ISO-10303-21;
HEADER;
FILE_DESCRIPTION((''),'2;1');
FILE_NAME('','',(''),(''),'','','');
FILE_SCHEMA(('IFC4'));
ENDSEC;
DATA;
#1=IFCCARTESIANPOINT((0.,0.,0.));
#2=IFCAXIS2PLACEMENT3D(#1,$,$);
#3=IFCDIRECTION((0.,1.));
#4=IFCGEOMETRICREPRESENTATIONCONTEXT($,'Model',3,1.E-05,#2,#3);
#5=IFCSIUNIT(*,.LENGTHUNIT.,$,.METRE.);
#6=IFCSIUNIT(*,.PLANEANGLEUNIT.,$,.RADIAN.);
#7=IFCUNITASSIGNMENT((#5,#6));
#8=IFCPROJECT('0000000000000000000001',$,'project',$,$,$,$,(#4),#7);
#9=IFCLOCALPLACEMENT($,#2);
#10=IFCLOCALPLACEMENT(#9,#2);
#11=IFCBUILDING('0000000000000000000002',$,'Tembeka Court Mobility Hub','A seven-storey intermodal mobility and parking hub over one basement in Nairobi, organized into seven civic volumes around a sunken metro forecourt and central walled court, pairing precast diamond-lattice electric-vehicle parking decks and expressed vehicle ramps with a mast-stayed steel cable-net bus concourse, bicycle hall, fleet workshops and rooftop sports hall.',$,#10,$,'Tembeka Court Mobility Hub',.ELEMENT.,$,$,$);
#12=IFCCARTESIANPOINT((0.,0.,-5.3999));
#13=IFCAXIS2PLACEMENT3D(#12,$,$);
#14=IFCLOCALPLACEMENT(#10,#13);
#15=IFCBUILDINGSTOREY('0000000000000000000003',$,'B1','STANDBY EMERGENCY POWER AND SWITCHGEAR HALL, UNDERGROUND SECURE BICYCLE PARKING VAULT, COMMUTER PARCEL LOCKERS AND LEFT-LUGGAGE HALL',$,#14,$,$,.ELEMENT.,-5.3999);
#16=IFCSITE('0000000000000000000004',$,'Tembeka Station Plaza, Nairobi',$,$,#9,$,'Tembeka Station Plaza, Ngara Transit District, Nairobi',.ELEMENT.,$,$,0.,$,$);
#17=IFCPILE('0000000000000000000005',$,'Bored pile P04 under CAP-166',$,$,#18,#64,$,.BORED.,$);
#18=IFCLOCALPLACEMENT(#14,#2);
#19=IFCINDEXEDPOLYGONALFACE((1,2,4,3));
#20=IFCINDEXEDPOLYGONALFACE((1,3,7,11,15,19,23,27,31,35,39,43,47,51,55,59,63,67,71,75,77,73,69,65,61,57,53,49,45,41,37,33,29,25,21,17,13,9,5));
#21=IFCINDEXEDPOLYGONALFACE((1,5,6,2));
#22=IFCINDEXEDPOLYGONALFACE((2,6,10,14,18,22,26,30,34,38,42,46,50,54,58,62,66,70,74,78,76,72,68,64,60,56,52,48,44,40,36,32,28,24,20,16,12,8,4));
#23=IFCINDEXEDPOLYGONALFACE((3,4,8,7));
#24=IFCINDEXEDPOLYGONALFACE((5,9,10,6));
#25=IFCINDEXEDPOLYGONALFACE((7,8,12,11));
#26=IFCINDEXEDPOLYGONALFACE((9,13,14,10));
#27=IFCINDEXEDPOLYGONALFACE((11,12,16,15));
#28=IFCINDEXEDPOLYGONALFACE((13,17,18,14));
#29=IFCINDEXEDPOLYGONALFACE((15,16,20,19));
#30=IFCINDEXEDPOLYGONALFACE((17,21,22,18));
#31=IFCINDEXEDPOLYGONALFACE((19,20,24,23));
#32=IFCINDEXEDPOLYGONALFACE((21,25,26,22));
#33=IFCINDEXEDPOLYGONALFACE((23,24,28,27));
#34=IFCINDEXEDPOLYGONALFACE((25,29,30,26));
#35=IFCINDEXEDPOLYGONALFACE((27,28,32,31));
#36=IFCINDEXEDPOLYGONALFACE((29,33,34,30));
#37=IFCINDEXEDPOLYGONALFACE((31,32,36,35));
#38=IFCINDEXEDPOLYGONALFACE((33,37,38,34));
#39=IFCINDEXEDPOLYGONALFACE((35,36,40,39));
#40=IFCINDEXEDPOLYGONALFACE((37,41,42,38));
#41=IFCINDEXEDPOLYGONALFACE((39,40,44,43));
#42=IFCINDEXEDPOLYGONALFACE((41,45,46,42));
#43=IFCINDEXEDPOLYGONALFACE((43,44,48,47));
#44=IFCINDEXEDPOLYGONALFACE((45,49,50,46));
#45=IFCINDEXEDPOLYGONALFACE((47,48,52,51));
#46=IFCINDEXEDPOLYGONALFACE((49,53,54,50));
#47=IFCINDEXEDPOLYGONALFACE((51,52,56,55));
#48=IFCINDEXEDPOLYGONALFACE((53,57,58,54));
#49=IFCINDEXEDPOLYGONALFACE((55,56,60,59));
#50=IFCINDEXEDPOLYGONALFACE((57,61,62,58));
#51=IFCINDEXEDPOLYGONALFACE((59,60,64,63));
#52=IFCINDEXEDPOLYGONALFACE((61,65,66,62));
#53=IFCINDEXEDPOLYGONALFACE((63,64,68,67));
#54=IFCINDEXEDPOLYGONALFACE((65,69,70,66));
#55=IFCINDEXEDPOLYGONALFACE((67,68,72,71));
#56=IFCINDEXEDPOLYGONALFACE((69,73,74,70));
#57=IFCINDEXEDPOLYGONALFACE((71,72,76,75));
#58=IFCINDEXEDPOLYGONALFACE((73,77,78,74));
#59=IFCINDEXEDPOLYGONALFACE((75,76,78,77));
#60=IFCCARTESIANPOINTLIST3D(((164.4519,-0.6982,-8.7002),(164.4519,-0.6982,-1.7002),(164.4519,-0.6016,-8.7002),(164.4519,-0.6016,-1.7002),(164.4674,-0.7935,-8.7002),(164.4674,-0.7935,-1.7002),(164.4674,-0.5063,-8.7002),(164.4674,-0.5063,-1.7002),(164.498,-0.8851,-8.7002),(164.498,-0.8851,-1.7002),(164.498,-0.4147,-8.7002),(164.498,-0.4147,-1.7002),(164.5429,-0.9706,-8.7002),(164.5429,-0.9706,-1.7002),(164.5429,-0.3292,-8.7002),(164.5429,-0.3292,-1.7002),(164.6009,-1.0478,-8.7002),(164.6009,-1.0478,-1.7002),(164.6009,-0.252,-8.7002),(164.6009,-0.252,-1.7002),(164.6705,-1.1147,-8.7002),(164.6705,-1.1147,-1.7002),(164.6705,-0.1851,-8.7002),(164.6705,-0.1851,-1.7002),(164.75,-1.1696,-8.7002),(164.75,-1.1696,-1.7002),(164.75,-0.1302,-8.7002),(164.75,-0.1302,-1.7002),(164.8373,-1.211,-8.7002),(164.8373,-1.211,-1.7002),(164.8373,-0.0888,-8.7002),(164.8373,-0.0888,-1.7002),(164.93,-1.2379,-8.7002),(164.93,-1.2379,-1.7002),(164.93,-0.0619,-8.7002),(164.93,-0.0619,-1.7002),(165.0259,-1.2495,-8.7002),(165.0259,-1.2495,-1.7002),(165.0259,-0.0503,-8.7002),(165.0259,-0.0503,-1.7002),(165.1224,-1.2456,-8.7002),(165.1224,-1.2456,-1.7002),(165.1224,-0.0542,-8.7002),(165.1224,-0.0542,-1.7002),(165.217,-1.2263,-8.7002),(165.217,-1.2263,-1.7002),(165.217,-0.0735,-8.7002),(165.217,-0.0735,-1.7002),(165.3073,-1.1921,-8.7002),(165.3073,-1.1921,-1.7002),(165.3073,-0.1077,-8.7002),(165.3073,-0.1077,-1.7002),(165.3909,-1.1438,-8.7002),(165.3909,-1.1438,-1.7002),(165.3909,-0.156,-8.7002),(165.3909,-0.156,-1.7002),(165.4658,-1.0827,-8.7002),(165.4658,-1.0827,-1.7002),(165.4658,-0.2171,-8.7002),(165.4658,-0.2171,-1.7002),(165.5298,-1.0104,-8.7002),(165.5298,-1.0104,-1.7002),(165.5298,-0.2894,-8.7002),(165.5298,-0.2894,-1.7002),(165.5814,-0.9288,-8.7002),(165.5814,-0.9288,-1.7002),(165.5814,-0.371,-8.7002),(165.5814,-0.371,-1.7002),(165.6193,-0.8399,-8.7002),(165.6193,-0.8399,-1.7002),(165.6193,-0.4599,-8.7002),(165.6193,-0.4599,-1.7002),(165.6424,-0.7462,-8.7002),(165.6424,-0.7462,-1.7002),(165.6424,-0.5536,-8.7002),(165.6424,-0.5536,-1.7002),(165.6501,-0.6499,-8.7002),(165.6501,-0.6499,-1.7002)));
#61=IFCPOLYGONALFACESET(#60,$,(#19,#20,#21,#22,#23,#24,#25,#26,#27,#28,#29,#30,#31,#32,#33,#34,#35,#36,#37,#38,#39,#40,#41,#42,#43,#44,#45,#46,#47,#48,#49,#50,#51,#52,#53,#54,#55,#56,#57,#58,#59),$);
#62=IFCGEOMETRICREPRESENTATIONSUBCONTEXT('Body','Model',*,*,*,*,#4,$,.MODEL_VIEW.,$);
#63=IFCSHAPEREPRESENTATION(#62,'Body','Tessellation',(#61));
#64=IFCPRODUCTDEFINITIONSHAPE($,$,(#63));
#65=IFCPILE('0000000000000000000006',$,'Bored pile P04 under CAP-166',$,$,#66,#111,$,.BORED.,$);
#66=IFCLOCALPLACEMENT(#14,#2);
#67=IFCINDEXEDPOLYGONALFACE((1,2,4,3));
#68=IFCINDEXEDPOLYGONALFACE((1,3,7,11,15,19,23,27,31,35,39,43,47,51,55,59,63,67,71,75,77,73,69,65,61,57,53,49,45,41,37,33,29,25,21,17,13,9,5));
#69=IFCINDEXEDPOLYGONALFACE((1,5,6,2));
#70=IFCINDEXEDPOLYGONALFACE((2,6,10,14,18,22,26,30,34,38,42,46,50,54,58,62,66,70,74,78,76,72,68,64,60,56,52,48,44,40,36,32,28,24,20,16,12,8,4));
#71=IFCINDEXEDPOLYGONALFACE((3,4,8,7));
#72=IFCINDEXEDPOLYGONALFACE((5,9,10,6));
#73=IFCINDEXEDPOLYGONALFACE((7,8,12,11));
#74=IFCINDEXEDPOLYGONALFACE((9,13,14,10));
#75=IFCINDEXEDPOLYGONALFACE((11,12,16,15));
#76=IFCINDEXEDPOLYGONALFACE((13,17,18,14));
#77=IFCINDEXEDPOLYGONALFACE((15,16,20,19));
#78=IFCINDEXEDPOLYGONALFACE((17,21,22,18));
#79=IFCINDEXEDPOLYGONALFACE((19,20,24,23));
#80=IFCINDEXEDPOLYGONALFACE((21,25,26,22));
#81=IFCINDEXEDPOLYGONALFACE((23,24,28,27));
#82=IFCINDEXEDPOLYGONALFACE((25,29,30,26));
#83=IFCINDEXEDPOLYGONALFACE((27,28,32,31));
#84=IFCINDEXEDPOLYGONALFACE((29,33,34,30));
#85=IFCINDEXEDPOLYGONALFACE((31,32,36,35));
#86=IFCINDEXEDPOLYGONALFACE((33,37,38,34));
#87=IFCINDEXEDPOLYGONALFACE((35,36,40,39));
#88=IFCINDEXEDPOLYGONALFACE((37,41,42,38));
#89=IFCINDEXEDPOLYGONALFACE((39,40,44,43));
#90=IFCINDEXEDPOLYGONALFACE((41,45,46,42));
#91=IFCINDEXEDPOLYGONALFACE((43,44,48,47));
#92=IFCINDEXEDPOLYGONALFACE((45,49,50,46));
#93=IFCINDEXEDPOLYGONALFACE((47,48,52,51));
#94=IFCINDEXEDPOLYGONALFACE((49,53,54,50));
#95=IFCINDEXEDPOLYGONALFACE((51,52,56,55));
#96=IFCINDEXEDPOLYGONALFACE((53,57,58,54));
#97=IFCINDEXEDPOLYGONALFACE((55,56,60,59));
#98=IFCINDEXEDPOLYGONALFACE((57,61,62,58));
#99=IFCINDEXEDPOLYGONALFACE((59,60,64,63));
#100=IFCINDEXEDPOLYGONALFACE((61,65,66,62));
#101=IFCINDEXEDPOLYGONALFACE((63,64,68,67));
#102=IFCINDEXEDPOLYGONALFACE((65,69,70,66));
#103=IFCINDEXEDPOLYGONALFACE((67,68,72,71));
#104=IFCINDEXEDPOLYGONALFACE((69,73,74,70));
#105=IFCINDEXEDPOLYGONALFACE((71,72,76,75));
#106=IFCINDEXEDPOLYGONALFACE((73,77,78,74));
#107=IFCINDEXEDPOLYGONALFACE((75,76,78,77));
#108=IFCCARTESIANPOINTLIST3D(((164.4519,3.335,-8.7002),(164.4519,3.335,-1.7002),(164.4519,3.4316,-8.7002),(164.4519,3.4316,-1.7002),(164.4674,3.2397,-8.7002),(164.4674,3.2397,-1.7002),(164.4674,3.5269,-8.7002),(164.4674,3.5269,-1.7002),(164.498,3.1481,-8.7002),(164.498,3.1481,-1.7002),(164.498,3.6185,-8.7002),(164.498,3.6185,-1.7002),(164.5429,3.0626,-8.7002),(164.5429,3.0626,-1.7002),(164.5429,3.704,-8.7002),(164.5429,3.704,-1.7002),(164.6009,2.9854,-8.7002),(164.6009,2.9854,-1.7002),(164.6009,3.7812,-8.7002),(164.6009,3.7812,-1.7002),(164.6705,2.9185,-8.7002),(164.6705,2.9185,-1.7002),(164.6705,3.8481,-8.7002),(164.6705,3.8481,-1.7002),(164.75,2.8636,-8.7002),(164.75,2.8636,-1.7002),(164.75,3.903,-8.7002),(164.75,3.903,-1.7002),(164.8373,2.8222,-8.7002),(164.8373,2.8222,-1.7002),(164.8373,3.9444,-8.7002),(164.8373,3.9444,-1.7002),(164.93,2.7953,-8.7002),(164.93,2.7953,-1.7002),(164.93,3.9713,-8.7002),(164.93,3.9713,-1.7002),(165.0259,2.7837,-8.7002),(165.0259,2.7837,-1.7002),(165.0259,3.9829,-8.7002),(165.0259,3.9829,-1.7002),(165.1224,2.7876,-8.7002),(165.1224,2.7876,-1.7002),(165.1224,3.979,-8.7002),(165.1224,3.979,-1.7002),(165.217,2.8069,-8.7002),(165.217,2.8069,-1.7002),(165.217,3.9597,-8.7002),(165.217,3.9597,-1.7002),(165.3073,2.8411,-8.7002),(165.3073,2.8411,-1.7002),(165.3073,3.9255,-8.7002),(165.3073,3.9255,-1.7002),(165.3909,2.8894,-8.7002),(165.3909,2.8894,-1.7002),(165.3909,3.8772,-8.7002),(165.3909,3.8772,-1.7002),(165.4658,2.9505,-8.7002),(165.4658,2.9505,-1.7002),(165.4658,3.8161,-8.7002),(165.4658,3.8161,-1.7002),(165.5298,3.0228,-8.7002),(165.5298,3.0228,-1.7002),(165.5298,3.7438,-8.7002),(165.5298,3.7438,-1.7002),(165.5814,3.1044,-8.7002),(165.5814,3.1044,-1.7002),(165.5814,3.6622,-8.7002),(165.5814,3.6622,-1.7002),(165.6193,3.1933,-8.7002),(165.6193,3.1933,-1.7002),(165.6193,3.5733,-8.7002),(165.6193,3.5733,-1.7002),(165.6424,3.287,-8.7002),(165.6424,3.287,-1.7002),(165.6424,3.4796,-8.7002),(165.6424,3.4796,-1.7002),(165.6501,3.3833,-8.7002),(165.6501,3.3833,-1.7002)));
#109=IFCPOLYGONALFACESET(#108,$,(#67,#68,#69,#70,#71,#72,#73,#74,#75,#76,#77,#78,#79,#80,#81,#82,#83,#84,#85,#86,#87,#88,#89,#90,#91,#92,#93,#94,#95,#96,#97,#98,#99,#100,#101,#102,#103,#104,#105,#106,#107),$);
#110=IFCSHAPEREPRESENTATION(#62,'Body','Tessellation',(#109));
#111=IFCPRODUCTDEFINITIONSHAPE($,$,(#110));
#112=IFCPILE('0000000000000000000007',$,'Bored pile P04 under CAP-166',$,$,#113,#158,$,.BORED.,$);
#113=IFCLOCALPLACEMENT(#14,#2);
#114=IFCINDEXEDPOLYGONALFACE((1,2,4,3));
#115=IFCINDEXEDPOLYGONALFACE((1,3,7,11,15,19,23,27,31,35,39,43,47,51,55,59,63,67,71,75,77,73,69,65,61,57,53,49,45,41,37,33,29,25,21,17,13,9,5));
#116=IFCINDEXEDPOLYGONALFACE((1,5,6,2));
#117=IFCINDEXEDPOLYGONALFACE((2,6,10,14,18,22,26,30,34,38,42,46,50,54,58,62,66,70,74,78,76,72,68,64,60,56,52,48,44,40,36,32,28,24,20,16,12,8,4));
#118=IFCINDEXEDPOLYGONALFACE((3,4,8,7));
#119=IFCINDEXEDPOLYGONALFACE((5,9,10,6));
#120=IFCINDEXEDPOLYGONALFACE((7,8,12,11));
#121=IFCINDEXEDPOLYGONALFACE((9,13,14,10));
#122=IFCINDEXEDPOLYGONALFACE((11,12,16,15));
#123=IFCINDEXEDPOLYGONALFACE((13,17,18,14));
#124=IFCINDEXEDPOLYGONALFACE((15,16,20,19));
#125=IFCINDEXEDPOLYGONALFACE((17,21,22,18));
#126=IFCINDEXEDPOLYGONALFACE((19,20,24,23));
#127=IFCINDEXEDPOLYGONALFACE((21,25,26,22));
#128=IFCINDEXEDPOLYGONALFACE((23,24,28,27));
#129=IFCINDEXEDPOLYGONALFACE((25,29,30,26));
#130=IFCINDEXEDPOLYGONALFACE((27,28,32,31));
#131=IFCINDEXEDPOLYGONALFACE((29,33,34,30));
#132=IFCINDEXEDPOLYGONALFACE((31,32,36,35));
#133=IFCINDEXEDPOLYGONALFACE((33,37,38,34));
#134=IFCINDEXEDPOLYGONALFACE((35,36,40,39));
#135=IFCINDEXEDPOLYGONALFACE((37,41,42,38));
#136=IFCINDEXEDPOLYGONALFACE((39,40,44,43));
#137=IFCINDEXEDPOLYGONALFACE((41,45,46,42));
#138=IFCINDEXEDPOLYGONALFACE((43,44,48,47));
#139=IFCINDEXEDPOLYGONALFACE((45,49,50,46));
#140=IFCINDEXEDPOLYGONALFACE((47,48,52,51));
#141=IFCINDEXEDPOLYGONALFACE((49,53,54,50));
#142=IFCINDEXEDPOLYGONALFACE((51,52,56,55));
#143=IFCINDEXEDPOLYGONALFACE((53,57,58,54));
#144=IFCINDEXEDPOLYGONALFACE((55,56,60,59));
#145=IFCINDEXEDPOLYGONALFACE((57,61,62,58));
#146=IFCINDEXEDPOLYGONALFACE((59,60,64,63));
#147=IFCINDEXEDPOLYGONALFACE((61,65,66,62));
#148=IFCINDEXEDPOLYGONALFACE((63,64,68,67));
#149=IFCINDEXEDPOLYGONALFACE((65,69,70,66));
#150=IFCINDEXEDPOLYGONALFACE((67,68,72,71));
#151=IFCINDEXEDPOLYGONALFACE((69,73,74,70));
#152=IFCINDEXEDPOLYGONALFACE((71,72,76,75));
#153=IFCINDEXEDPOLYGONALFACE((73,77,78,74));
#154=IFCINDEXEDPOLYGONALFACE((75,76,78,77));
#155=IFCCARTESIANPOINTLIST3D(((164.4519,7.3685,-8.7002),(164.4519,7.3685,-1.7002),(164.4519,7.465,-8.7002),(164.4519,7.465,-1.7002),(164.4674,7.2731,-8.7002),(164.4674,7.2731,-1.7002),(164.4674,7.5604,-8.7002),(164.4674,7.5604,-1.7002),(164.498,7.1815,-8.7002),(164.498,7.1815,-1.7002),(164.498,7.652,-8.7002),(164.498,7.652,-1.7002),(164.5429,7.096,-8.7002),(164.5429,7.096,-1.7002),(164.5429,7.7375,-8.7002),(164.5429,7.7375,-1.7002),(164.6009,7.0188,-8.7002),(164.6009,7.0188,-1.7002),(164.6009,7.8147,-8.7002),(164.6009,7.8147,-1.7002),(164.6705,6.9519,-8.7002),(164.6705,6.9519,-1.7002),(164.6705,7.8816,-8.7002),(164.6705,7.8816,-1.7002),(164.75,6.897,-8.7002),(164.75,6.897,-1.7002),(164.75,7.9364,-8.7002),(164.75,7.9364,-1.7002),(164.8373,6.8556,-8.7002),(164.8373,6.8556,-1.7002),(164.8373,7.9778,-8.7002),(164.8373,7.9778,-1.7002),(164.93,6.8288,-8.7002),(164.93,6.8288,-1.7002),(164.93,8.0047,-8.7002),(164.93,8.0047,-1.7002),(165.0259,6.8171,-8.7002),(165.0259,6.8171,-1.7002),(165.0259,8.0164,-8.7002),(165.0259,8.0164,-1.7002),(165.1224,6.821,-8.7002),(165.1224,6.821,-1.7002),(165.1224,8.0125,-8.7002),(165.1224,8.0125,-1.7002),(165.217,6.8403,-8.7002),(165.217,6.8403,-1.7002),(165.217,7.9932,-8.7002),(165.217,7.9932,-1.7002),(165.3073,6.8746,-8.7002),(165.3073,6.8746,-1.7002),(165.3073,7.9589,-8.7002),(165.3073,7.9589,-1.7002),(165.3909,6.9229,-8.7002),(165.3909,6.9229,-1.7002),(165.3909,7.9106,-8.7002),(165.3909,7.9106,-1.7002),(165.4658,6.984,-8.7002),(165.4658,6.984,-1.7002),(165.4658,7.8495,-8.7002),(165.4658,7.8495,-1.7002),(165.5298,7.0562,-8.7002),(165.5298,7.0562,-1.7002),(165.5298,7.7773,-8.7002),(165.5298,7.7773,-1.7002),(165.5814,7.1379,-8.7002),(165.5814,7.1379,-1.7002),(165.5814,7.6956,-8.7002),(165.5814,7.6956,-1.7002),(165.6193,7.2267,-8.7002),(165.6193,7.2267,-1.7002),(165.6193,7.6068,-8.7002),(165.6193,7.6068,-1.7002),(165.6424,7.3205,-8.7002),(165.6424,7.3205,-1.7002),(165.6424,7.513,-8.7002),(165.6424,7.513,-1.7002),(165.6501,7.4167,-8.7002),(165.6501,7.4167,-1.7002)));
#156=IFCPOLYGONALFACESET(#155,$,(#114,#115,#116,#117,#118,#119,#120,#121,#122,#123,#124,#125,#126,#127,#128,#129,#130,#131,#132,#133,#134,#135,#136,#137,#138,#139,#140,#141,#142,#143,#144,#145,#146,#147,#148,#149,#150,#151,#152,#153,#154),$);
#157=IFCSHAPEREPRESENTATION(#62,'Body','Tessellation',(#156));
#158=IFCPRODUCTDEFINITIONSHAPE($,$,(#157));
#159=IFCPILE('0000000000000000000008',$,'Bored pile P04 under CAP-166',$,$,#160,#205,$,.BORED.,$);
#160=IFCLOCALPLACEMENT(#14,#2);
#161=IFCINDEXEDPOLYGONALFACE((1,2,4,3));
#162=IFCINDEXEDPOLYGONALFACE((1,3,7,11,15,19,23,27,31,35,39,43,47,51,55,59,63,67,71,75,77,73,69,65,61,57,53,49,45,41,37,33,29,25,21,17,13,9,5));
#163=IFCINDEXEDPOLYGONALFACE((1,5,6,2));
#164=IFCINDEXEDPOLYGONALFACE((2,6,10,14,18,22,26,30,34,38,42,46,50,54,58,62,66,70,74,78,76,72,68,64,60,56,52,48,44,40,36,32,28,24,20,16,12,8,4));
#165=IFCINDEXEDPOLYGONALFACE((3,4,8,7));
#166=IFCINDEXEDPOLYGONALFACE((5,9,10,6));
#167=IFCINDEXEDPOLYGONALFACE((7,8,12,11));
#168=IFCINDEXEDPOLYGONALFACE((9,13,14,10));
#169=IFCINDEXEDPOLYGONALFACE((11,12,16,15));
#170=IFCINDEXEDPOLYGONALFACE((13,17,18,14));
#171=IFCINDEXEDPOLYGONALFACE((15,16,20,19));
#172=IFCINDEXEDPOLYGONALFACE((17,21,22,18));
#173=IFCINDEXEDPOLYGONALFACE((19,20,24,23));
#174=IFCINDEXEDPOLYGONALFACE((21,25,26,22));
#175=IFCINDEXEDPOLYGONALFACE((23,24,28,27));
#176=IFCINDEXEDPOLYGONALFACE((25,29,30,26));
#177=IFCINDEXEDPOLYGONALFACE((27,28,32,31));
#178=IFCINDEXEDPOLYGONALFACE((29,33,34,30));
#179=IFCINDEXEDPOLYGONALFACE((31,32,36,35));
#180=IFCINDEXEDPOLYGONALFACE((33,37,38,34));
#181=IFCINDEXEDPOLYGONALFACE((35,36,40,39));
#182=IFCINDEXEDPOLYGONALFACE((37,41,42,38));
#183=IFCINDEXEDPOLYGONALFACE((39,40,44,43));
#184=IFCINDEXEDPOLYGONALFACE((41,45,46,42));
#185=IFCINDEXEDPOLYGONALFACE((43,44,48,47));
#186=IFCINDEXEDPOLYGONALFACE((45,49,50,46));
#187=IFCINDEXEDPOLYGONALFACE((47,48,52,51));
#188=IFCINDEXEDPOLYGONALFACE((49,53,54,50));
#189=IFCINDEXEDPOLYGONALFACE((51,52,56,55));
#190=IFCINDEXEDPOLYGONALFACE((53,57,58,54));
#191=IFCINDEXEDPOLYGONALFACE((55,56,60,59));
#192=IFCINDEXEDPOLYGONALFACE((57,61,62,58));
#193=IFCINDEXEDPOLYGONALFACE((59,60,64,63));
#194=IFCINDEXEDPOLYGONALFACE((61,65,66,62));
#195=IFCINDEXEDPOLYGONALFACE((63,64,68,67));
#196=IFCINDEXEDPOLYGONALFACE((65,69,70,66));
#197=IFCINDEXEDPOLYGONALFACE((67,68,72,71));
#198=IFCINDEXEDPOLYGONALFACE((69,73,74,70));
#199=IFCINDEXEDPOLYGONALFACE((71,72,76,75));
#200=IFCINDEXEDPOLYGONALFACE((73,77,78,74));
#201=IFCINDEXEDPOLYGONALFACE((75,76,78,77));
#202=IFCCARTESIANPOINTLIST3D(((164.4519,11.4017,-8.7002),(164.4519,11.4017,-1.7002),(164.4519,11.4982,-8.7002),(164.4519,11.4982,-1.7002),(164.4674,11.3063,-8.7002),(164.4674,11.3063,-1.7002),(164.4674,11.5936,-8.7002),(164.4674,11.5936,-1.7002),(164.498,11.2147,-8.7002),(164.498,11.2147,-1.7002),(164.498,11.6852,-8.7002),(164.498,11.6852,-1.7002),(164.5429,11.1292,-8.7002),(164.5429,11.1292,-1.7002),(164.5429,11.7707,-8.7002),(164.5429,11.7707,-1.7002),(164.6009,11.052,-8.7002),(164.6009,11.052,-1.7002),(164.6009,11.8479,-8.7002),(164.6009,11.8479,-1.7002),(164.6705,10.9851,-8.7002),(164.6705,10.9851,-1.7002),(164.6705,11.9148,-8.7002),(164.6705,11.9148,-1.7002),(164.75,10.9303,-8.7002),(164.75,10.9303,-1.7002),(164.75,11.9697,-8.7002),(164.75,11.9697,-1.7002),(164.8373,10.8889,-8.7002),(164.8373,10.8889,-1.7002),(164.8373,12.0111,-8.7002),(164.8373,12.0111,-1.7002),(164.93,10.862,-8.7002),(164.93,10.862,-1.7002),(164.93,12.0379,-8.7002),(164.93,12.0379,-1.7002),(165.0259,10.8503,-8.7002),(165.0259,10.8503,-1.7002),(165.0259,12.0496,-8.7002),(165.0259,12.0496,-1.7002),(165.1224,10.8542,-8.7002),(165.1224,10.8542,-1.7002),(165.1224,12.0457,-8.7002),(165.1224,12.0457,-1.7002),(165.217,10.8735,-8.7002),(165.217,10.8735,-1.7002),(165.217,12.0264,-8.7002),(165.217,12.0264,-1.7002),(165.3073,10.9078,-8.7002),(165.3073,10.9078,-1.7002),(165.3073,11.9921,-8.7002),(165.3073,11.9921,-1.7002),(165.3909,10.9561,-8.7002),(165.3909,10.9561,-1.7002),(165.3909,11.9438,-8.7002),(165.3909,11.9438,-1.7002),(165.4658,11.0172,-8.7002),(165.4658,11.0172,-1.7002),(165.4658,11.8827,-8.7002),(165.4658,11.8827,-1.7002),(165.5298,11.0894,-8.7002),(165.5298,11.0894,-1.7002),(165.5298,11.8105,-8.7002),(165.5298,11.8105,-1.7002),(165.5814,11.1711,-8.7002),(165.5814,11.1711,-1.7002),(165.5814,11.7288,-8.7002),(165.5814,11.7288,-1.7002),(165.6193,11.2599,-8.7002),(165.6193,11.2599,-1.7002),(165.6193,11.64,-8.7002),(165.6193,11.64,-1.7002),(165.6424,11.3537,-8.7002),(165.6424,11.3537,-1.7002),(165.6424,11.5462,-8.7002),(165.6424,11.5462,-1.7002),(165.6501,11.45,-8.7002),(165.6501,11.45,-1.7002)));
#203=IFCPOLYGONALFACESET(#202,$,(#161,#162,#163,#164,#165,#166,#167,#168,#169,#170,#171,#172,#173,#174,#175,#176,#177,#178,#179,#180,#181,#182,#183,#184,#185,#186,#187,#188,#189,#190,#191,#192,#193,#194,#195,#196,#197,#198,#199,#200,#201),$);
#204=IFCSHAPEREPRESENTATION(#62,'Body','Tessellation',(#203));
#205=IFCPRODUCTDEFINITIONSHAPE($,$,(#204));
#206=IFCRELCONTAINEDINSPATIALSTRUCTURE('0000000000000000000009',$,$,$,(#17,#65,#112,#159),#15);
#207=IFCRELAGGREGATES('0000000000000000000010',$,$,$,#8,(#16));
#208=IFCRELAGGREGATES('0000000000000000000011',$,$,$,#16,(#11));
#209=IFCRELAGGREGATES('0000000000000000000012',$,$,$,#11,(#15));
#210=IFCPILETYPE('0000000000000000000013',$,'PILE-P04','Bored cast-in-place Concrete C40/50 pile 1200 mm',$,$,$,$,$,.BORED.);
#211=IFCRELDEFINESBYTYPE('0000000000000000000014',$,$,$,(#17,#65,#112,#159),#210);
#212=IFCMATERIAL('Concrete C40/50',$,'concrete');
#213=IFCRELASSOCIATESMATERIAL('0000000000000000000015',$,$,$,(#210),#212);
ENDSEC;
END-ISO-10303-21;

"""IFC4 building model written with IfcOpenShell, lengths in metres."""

from ifc_helpers import new_model, si_unit, direction, frame, origin, origin_2d, place, context, subcontext, project, spatial, circle, extrude, material, material_profile, profile_set, type_object, element, save


model = new_model("IFC4")

# Units and contexts
model_context = context("Model", 3, precision=1e-05, world=origin(), true_north=direction((0.0, 1.0)))
body_context = subcontext(model_context, "Body", "Model", "MODEL_VIEW")
ifc_project = project(units=[si_unit("LENGTHUNIT", "METRE"), si_unit("PLANEANGLEUNIT", "RADIAN")], contexts=[model_context])

# Site, building, storey
site_placement = place(None, origin())
site = spatial("IfcSite", under=ifc_project, at=site_placement, Name="Tembeka Station Plaza, Nairobi", LongName="Tembeka Station Plaza, Ngara Transit District, Nairobi", CompositionType="ELEMENT", RefElevation=0.0)
building_placement = place(site_placement, origin())
building = spatial("IfcBuilding", under=site, at=building_placement, Name="Tembeka Court Mobility Hub", Description="A seven-storey intermodal mobility and parking hub over one basement in Nairobi, organized into seven civic volumes around a sunken metro forecourt and central walled court, pairing precast diamond-lattice electric-vehicle parking decks and expressed vehicle ramps with a mast-stayed steel cable-net bus concourse, bicycle hall, fleet workshops and rooftop sports hall.", LongName="Tembeka Court Mobility Hub", CompositionType="ELEMENT")
storey_placement = place(building_placement, frame((0.0, 0.0, -5.3999)))
storey = spatial("IfcBuildingStorey", under=building, at=storey_placement, Name="B1", Description="STANDBY EMERGENCY POWER AND SWITCHGEAR HALL, UNDERGROUND SECURE BICYCLE PARKING VAULT, COMMUTER PARCEL LOCKERS AND LEFT-LUGGAGE HALL", CompositionType="ELEMENT", Elevation=-5.3999)

# Shared definitions
ifc_material_1 = material(Name="Concrete C40/50", Category="concrete")

# Piles
ifc_material_profile_1 = material_profile(ifc_material_1, circle(Radius=0.6001, at=origin_2d()), Name="PILE D1200")
ifc_profile_set_1 = profile_set([ifc_material_profile_1], Name="Concrete C40/50")
pile_type_1 = type_object("IfcPileType", Name="PILE-P04", Description="Bored cast-in-place Concrete C40/50 pile 1200 mm", PredefinedType="BORED", material=ifc_profile_set_1)
for number, where, z_axis, x_axis, name in (
    (1, (165.05, -0.6499, -1.7002), (0.0, 0.0, -1.0), (1.0, 0.0, 0.0), "Bored pile P04 under CAP-166"),
    (2, (165.05, 3.3833, -1.7002), (0.0, 0.0, -1.0), (1.0, 0.0, 0.0), "Bored pile P04 under CAP-166"),
    (3, (165.05, 7.4167, -1.7002), (0.0, 0.0, -1.0), (1.0, 0.0, 0.0), "Bored pile P04 under CAP-166"),
    (4, (165.05, 11.45, -1.7002), (0.0, 0.0, -1.0), (1.0, 0.0, 0.0), "Bored pile P04 under CAP-166"),
):
    element("IfcPile", number, at=place(storey_placement, frame(where, z_axis=z_axis, x_axis=x_axis)), inside=storey, type_object=pile_type_1, Name=name, PredefinedType="BORED", context=body_context, shape_type="SweptSolid", body=[
        extrude(circle(Radius=0.6001, at=origin_2d()), origin(), (0.0, 0.0, 1.0), 7.0),
    ])

save(model, "model.ifc")
